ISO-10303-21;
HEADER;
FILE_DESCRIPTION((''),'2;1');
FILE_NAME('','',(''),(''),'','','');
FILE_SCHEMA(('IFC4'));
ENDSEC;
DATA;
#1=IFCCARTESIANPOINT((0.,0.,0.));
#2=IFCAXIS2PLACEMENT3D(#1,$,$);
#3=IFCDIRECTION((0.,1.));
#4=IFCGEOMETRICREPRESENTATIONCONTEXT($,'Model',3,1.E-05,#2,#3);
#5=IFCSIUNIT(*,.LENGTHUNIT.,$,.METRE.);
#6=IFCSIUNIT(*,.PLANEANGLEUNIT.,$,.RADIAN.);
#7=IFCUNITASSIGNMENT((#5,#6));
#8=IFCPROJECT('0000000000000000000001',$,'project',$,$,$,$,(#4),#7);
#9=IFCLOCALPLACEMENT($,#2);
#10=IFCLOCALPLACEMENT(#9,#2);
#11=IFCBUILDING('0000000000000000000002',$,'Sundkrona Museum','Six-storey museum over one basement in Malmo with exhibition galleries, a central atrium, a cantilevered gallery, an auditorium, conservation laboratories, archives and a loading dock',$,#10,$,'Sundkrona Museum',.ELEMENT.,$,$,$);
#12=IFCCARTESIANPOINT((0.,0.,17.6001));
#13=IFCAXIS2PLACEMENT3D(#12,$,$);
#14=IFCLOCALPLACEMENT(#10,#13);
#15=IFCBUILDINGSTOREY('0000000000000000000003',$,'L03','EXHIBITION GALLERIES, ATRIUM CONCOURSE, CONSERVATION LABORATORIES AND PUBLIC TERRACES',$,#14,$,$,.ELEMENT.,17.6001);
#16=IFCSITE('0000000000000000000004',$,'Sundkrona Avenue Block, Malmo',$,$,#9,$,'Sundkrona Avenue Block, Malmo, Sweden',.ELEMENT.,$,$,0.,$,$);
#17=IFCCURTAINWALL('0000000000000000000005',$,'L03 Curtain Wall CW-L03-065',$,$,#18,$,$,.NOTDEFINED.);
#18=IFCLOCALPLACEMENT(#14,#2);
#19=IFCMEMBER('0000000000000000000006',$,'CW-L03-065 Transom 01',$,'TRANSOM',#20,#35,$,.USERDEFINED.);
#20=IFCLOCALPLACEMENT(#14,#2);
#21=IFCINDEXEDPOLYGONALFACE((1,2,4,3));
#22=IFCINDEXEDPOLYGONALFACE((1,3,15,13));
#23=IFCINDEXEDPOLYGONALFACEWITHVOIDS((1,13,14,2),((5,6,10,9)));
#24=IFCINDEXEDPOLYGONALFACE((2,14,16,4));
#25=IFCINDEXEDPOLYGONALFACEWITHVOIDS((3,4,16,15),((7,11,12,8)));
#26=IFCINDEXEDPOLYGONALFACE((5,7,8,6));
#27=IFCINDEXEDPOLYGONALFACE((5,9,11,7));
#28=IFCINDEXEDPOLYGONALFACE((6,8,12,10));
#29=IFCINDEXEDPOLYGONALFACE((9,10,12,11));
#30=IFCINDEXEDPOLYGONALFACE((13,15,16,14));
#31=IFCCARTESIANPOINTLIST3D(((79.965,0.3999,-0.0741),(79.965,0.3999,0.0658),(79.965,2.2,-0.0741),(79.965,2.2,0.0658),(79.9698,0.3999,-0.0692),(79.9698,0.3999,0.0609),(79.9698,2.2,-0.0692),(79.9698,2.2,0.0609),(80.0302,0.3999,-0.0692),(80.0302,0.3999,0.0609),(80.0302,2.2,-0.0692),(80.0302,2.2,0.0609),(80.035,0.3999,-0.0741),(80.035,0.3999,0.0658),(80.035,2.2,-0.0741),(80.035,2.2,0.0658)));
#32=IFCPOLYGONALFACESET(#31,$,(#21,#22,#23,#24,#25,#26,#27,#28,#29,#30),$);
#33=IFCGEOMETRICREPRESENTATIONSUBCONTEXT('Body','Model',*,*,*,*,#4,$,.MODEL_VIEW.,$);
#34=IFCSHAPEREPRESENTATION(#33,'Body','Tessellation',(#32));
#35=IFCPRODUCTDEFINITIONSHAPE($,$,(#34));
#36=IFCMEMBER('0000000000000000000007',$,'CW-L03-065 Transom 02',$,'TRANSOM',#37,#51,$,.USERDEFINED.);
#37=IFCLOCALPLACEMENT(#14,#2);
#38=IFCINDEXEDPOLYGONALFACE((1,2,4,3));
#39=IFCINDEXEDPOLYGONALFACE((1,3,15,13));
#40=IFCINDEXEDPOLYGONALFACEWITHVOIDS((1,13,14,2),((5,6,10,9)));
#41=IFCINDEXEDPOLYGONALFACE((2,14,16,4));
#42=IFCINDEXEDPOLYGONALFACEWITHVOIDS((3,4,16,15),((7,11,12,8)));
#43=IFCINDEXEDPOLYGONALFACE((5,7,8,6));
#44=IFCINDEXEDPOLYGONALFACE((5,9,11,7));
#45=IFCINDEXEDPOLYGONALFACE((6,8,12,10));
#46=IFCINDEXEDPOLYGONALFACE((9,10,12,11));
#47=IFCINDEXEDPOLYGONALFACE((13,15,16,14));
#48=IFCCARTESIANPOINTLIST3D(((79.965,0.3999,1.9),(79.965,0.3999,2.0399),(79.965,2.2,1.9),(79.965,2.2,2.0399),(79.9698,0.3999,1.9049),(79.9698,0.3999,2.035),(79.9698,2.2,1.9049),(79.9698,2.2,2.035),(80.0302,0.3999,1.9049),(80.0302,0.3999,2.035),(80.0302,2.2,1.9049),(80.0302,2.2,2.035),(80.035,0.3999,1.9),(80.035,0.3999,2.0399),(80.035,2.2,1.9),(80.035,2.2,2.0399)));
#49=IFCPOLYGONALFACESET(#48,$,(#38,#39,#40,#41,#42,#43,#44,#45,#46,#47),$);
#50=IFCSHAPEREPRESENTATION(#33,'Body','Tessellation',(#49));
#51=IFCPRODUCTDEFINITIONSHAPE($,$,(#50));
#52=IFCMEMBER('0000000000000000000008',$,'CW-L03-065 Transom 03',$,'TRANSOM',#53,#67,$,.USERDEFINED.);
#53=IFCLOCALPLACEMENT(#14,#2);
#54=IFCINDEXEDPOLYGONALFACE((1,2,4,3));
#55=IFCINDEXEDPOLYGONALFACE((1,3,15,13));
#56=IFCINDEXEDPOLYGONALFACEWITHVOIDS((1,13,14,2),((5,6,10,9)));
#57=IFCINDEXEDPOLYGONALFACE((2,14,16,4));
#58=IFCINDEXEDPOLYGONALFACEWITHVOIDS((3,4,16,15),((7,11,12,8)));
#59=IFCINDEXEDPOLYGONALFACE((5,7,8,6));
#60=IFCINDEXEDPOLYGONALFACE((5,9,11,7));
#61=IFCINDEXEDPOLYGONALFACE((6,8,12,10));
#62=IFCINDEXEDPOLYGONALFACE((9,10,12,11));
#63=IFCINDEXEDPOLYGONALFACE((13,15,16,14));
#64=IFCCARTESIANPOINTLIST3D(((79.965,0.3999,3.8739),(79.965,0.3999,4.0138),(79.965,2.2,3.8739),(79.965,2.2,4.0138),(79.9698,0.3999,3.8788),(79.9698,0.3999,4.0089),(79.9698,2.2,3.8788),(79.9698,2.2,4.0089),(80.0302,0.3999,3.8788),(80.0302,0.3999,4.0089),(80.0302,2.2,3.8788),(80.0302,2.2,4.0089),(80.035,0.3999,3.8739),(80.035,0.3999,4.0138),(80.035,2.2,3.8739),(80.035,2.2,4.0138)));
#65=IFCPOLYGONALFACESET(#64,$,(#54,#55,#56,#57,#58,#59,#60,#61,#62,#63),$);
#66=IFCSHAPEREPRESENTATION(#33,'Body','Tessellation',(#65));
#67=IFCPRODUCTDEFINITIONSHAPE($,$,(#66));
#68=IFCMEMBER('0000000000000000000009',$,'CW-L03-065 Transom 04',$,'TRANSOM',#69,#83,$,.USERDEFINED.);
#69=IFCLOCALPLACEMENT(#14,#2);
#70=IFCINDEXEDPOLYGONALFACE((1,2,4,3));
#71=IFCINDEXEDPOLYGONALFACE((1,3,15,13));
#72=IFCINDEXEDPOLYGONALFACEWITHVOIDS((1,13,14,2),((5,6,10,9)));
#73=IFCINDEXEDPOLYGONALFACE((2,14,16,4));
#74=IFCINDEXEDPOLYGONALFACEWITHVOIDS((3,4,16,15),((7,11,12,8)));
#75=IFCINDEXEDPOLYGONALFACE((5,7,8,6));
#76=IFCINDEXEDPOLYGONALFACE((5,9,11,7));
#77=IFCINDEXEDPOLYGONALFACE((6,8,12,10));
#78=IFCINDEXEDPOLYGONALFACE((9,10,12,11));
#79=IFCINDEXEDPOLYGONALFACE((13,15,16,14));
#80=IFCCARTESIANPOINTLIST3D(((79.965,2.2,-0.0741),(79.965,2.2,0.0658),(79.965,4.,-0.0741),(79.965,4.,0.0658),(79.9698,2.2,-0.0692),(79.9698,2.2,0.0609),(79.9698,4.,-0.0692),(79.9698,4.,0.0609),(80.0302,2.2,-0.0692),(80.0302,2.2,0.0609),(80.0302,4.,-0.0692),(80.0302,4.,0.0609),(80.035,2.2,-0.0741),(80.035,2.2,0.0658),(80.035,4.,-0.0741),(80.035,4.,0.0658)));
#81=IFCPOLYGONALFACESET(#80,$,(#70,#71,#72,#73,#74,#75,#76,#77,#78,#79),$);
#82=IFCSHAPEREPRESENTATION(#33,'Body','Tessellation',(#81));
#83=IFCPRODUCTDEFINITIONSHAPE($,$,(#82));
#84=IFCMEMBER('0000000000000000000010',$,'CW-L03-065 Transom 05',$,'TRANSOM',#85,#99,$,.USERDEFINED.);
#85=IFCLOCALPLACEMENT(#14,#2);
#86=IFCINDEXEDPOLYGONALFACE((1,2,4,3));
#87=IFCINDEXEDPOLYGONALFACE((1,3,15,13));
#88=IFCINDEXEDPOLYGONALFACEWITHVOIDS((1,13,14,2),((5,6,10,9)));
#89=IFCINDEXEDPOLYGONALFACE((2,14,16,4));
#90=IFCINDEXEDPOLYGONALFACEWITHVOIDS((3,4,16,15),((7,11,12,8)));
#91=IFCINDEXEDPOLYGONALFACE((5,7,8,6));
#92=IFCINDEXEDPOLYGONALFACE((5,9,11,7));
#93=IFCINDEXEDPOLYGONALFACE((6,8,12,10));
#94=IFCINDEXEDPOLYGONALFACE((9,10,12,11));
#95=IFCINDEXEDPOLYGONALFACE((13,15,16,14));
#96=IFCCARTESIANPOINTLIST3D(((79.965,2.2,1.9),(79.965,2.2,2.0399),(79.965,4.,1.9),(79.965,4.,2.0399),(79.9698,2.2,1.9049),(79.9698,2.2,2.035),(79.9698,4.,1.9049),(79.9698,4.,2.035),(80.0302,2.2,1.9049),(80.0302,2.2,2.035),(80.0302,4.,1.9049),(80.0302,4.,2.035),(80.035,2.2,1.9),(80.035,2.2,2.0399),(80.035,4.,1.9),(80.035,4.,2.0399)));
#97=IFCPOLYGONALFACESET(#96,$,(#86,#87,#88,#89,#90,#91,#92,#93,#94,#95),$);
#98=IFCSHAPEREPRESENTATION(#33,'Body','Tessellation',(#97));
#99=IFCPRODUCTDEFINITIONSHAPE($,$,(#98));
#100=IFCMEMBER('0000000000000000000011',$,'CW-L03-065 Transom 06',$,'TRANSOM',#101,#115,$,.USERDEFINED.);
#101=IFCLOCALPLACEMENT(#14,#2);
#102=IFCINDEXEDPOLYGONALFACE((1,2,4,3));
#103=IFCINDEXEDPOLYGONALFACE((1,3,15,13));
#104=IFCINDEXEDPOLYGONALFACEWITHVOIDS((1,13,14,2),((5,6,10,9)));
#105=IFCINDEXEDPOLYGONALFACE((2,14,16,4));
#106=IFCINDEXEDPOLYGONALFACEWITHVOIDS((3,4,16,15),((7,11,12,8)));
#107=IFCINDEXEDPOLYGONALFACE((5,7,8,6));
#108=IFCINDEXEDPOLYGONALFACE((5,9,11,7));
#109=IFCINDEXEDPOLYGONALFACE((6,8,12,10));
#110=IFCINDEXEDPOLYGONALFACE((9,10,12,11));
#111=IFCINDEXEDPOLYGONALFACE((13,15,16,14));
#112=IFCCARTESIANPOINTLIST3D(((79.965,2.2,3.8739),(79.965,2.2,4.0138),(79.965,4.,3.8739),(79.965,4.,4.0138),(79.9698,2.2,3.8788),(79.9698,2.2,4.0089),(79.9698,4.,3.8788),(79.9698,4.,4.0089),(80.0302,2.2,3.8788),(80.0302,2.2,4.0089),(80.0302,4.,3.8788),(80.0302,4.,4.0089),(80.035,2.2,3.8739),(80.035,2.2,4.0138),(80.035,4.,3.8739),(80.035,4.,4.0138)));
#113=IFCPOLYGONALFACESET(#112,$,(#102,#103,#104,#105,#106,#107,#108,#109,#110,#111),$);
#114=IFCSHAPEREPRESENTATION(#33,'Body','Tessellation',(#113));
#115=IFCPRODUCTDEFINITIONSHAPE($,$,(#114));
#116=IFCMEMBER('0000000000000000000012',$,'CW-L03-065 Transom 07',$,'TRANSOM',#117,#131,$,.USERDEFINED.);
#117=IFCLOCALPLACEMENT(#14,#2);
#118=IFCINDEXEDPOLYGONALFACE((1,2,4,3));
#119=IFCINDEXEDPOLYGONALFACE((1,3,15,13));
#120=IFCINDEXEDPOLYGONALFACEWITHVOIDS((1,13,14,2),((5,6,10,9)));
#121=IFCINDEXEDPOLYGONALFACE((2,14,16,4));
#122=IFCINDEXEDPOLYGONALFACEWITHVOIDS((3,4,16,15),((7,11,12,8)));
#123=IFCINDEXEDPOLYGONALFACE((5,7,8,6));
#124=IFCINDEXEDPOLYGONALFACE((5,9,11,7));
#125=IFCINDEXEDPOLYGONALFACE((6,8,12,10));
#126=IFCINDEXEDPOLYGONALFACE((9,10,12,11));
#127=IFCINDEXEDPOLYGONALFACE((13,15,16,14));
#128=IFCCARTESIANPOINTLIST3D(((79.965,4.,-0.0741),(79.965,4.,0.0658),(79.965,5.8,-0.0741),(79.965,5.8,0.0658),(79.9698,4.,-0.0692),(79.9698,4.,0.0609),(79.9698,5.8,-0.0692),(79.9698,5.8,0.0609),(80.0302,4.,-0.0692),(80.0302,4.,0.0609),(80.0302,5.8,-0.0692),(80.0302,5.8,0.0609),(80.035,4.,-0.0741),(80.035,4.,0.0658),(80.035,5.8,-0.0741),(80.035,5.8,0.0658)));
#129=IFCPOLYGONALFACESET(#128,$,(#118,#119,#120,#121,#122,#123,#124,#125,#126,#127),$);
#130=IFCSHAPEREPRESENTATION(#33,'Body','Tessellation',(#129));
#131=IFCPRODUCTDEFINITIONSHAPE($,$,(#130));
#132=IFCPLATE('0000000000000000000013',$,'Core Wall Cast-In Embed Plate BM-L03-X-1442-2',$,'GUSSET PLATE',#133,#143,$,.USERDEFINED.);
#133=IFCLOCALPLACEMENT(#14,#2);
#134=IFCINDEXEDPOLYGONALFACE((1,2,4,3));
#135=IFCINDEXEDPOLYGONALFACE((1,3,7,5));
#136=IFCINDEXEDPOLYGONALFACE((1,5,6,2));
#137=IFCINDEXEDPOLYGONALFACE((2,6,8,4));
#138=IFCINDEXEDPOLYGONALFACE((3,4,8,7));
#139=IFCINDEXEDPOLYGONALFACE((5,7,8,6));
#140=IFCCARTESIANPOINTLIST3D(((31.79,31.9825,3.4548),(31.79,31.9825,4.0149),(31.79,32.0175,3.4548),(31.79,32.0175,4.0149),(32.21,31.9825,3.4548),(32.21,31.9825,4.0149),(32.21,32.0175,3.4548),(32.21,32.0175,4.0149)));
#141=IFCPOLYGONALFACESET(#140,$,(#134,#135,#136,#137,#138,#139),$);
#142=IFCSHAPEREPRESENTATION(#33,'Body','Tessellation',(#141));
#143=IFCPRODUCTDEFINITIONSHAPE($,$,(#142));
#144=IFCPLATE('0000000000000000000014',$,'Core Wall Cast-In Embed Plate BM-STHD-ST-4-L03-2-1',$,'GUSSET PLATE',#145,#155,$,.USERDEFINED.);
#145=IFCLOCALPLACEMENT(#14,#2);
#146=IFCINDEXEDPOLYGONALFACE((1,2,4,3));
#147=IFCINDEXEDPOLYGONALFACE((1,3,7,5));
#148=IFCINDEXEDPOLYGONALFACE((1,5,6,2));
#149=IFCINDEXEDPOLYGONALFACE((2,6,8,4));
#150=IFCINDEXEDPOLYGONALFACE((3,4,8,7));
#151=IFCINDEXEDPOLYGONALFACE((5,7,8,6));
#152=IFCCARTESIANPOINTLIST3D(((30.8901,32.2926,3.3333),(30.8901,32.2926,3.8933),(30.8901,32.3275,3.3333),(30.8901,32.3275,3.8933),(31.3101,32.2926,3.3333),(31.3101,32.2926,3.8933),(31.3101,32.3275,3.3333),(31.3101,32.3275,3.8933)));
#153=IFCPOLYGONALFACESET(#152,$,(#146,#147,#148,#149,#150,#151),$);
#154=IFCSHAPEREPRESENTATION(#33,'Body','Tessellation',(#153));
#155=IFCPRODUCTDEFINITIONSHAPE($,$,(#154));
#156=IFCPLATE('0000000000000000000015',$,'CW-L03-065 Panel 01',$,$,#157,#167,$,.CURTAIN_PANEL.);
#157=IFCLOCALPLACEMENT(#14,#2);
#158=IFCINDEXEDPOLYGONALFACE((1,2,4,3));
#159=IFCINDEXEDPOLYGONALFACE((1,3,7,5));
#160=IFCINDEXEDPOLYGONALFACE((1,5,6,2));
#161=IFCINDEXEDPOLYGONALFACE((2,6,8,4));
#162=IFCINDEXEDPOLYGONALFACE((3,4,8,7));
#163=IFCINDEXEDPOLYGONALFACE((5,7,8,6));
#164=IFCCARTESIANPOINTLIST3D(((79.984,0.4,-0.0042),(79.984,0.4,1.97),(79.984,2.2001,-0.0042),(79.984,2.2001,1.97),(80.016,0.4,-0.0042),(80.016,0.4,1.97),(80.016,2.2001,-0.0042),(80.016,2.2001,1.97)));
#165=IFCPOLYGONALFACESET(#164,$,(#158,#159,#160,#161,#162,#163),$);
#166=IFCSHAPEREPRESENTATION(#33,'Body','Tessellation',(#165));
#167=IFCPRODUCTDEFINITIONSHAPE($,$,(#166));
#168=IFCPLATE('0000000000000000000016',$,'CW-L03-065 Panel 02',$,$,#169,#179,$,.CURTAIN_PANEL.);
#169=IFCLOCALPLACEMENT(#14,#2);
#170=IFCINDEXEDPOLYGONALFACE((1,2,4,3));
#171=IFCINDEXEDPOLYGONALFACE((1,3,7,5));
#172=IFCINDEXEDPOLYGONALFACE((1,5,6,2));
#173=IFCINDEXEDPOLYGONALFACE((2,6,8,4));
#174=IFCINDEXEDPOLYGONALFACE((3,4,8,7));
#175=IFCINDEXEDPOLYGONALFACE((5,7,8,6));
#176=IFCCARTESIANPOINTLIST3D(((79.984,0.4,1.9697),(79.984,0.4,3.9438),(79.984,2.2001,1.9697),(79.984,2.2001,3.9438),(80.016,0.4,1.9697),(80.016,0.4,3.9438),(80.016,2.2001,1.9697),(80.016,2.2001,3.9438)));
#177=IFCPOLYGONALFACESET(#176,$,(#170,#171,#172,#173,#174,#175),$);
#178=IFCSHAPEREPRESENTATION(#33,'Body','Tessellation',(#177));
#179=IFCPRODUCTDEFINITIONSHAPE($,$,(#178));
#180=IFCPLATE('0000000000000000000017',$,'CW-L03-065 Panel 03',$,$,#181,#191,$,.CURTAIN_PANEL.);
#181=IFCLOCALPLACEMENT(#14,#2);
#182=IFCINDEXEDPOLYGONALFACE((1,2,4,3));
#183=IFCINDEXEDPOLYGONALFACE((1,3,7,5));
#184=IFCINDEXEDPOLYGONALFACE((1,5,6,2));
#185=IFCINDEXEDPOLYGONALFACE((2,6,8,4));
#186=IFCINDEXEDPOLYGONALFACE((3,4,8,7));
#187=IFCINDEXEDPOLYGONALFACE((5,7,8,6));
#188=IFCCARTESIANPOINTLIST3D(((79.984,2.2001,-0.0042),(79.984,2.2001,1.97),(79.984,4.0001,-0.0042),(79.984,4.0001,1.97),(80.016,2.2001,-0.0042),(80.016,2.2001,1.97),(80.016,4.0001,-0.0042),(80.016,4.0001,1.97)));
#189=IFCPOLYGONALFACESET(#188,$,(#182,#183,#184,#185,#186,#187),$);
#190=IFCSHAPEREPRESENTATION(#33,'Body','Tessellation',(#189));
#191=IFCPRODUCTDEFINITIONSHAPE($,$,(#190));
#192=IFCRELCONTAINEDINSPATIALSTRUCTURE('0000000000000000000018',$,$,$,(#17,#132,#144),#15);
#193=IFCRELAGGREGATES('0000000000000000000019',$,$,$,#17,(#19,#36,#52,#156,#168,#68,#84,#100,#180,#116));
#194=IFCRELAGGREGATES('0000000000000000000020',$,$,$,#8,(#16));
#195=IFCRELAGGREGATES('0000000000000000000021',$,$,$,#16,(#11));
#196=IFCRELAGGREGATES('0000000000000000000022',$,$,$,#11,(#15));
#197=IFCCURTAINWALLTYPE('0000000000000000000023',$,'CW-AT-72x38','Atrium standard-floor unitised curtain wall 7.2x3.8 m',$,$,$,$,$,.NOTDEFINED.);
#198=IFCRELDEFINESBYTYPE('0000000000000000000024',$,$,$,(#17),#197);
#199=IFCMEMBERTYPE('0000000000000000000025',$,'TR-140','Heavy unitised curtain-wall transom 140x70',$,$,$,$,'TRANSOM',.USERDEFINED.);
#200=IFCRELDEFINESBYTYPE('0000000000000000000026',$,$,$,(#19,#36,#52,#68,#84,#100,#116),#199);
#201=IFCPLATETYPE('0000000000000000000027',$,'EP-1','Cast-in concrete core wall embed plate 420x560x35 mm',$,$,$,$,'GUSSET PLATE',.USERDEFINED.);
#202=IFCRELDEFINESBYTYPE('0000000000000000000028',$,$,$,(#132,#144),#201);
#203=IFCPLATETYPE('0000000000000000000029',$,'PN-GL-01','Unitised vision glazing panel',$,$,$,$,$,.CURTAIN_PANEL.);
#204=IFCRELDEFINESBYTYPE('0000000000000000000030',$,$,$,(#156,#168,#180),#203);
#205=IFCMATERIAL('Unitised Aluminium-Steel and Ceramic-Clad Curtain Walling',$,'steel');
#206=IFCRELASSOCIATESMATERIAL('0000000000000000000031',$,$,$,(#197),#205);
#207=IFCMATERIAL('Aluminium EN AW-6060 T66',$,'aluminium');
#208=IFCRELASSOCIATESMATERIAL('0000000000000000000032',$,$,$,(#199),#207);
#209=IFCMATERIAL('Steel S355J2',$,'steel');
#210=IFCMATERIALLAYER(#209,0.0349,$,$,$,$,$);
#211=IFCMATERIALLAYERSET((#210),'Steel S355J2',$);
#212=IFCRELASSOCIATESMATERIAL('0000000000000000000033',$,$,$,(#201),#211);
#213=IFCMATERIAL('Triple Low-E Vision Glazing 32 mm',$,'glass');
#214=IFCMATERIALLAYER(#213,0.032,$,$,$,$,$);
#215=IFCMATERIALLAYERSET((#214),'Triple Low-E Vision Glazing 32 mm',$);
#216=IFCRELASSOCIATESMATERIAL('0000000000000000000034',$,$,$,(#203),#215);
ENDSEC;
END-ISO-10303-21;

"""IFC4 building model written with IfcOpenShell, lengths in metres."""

from ifc_helpers import new_model, si_unit, direction, frame, origin, origin_2d, place, context, subcontext, project, spatial, rectangle, hollow_rectangle, extrude, material, layer, layer_set, material_profile, profile_set, type_object, element, aggregate, save


model = new_model("IFC4")

# Units and contexts
model_context = context("Model", 3, precision=1e-05, world=origin(), true_north=direction((0.0, 1.0)))
body_context = subcontext(model_context, "Body", "Model", "MODEL_VIEW")
ifc_project = project(units=[si_unit("LENGTHUNIT", "METRE"), si_unit("PLANEANGLEUNIT", "RADIAN")], contexts=[model_context])

# Site, building, storey
site_placement = place(None, origin())
site = spatial("IfcSite", under=ifc_project, at=site_placement, Name="Sundkrona Avenue Block, Malmo", LongName="Sundkrona Avenue Block, Malmo, Sweden", CompositionType="ELEMENT", RefElevation=0.0)
building_placement = place(site_placement, origin())
building = spatial("IfcBuilding", under=site, at=building_placement, Name="Sundkrona Museum", Description="Six-storey museum over one basement in Malmo with exhibition galleries, a central atrium, a cantilevered gallery, an auditorium, conservation laboratories, archives and a loading dock", LongName="Sundkrona Museum", CompositionType="ELEMENT")
storey_placement = place(building_placement, frame((0.0, 0.0, 17.6001)))
storey = spatial("IfcBuildingStorey", under=building, at=storey_placement, Name="L03", Description="EXHIBITION GALLERIES, ATRIUM CONCOURSE, CONSERVATION LABORATORIES AND PUBLIC TERRACES", CompositionType="ELEMENT", Elevation=17.6001)

# Shared definitions
ifc_material_1 = material(Name="Steel S355J2", Category="steel")

# Curtain wall
ifc_material_2 = material(Name="Unitised Aluminium-Steel and Ceramic-Clad Curtain Walling", Category="steel")
curtain_wall_type = type_object("IfcCurtainWallType", Name="CW-AT-72x38", Description="Atrium standard-floor unitised curtain wall 7.2x3.8 m", PredefinedType="NOTDEFINED", material=ifc_material_2)
curtain_wall_placement = place(storey_placement, origin())
curtain_wall = element("IfcCurtainWall", 1, at=curtain_wall_placement, inside=storey, type_object=curtain_wall_type, Name="L03 Curtain Wall CW-L03-065", PredefinedType="NOTDEFINED")
ifc_material_3 = material(Name="Aluminium EN AW-6060 T66", Category="aluminium")

# Members
ifc_material_profile_1 = material_profile(ifc_material_3, hollow_rectangle(XDim=0.0701, YDim=0.1399, WallThickness=0.0049, at=origin_2d()), Name="RHS 140x70x5.0")
ifc_profile_set_1 = profile_set([ifc_material_profile_1], Name="Aluminium EN AW-6060 T66")
member_type_1 = type_object("IfcMemberType", Name="TR-140", Description="Heavy unitised curtain-wall transom 140x70", ElementType="TRANSOM", PredefinedType="USERDEFINED", material=ifc_profile_set_1)
member_1_placement = place(storey_placement, frame((80.0, 0.3999, -0.0042), z_axis=(0.0, 1.0, 0.0), x_axis=(-1.0, 0.0, 0.0)))
member_1 = element("IfcMember", 2, at=member_1_placement, type_object=member_type_1, Name="CW-L03-065 Transom 01", ObjectType="TRANSOM", PredefinedType="USERDEFINED", context=body_context, shape_type="SweptSolid", body=[
    extrude(hollow_rectangle(XDim=0.0701, YDim=0.1399, WallThickness=0.0049, at=origin_2d()), origin(), (0.0, 0.0, 1.0), 1.8),
])
member_2_placement = place(storey_placement, frame((80.0, 0.3999, 1.97), z_axis=(0.0, 1.0, 0.0), x_axis=(-1.0, 0.0, 0.0)))
member_2 = element("IfcMember", 3, at=member_2_placement, type_object=member_type_1, Name="CW-L03-065 Transom 02", ObjectType="TRANSOM", PredefinedType="USERDEFINED", context=body_context, shape_type="SweptSolid", body=[
    extrude(hollow_rectangle(XDim=0.0701, YDim=0.1399, WallThickness=0.0049, at=origin_2d()), origin(), (0.0, 0.0, 1.0), 1.8),
])
member_3_placement = place(storey_placement, frame((80.0, 0.3999, 3.9438), z_axis=(0.0, 1.0, 0.0), x_axis=(-1.0, 0.0, 0.0)))
member_3 = element("IfcMember", 4, at=member_3_placement, type_object=member_type_1, Name="CW-L03-065 Transom 03", ObjectType="TRANSOM", PredefinedType="USERDEFINED", context=body_context, shape_type="SweptSolid", body=[
    extrude(hollow_rectangle(XDim=0.0701, YDim=0.1399, WallThickness=0.0049, at=origin_2d()), origin(), (0.0, 0.0, 1.0), 1.8),
])
member_4_placement = place(storey_placement, frame((80.0, 2.2, -0.0042), z_axis=(0.0, 1.0, 0.0), x_axis=(-1.0, 0.0, 0.0)))
member_4 = element("IfcMember", 5, at=member_4_placement, type_object=member_type_1, Name="CW-L03-065 Transom 04", ObjectType="TRANSOM", PredefinedType="USERDEFINED", context=body_context, shape_type="SweptSolid", body=[
    extrude(hollow_rectangle(XDim=0.0701, YDim=0.1399, WallThickness=0.0049, at=origin_2d()), origin(), (0.0, 0.0, 1.0), 1.8),
])
member_5_placement = place(storey_placement, frame((80.0, 2.2, 1.97), z_axis=(0.0, 1.0, 0.0), x_axis=(-1.0, 0.0, 0.0)))
member_5 = element("IfcMember", 6, at=member_5_placement, type_object=member_type_1, Name="CW-L03-065 Transom 05", ObjectType="TRANSOM", PredefinedType="USERDEFINED", context=body_context, shape_type="SweptSolid", body=[
    extrude(hollow_rectangle(XDim=0.0701, YDim=0.1399, WallThickness=0.0049, at=origin_2d()), origin(), (0.0, 0.0, 1.0), 1.8),
])
member_6_placement = place(storey_placement, frame((80.0, 2.2, 3.9438), z_axis=(0.0, 1.0, 0.0), x_axis=(-1.0, 0.0, 0.0)))
member_6 = element("IfcMember", 7, at=member_6_placement, type_object=member_type_1, Name="CW-L03-065 Transom 06", ObjectType="TRANSOM", PredefinedType="USERDEFINED", context=body_context, shape_type="SweptSolid", body=[
    extrude(hollow_rectangle(XDim=0.0701, YDim=0.1399, WallThickness=0.0049, at=origin_2d()), origin(), (0.0, 0.0, 1.0), 1.8),
])
member_7_placement = place(storey_placement, frame((80.0, 4.0, -0.0042), z_axis=(0.0, 1.0, 0.0), x_axis=(-1.0, 0.0, 0.0)))
member_7 = element("IfcMember", 8, at=member_7_placement, type_object=member_type_1, Name="CW-L03-065 Transom 07", ObjectType="TRANSOM", PredefinedType="USERDEFINED", context=body_context, shape_type="SweptSolid", body=[
    extrude(hollow_rectangle(XDim=0.0701, YDim=0.1399, WallThickness=0.0049, at=origin_2d()), origin(), (0.0, 0.0, 1.0), 1.8),
])

# Plates
ifc_layer_1 = layer(ifc_material_1, 0.0349)
ifc_layer_set_1 = layer_set([ifc_layer_1], Name="Steel S355J2")
plate_type_1 = type_object("IfcPlateType", Name="EP-1", Description="Cast-in concrete core wall embed plate 420x560x35 mm", ElementType="GUSSET PLATE", PredefinedType="USERDEFINED", material=ifc_layer_set_1)
for number, where, z_axis, x_axis, name in (
    (9, (32.0, 32.0, 3.4548), (0.0, 0.0, 1.0), (1.0, 0.0, 0.0), "Core Wall Cast-In Embed Plate BM-L03-X-1442-2"),
    (10, (31.1001, 32.3101, 3.3333), (0.0, 0.0, 1.0), (1.0, 0.0, 0.0), "Core Wall Cast-In Embed Plate BM-STHD-ST-4-L03-2-1"),
):
    element("IfcPlate", number, at=place(storey_placement, frame(where, z_axis=z_axis, x_axis=x_axis)), inside=storey, type_object=plate_type_1, Name=name, ObjectType="GUSSET PLATE", PredefinedType="USERDEFINED", context=body_context, shape_type="SweptSolid", body=[
        extrude(rectangle(XDim=0.4199, YDim=0.0349, at=origin_2d()), origin(), (0.0, 0.0, 1.0), 0.5601),
    ])

# Plates
ifc_material_4 = material(Name="Triple Low-E Vision Glazing 32 mm", Category="glass")
ifc_layer_2 = layer(ifc_material_4, 0.032)
ifc_layer_set_2 = layer_set([ifc_layer_2], Name="Triple Low-E Vision Glazing 32 mm")
plate_type_2 = type_object("IfcPlateType", Name="PN-GL-01", Description="Unitised vision glazing panel", PredefinedType="CURTAIN_PANEL", material=ifc_layer_set_2)
plate_1_placement = place(storey_placement, frame((80.0, 1.3, -0.0042), z_axis=(0.0, 0.0, 1.0), x_axis=(0.0, 1.0, 0.0)))
plate_1 = element("IfcPlate", 11, at=plate_1_placement, type_object=plate_type_2, Name="CW-L03-065 Panel 01", PredefinedType="CURTAIN_PANEL", context=body_context, shape_type="SweptSolid", body=[
    extrude(rectangle(XDim=1.8, YDim=0.032, at=origin_2d()), origin(), (0.0, 0.0, 1.0), 1.9741),
])
plate_2_placement = place(storey_placement, frame((80.0, 1.3, 1.9697), z_axis=(0.0, 0.0, 1.0), x_axis=(0.0, 1.0, 0.0)))
plate_2 = element("IfcPlate", 12, at=plate_2_placement, type_object=plate_type_2, Name="CW-L03-065 Panel 02", PredefinedType="CURTAIN_PANEL", context=body_context, shape_type="SweptSolid", body=[
    extrude(rectangle(XDim=1.8, YDim=0.032, at=origin_2d()), origin(), (0.0, 0.0, 1.0), 1.9741),
])
plate_3_placement = place(storey_placement, frame((80.0, 3.1001, -0.0042), z_axis=(0.0, 0.0, 1.0), x_axis=(0.0, 1.0, 0.0)))
plate_3 = element("IfcPlate", 13, at=plate_3_placement, type_object=plate_type_2, Name="CW-L03-065 Panel 03", PredefinedType="CURTAIN_PANEL", context=body_context, shape_type="SweptSolid", body=[
    extrude(rectangle(XDim=1.8, YDim=0.032, at=origin_2d()), origin(), (0.0, 0.0, 1.0), 1.9741),
])
aggregate(curtain_wall, [member_1, member_2, member_3, plate_1, plate_2, member_4, member_5, member_6, plate_3, member_7])

save(model, "model.ifc")
